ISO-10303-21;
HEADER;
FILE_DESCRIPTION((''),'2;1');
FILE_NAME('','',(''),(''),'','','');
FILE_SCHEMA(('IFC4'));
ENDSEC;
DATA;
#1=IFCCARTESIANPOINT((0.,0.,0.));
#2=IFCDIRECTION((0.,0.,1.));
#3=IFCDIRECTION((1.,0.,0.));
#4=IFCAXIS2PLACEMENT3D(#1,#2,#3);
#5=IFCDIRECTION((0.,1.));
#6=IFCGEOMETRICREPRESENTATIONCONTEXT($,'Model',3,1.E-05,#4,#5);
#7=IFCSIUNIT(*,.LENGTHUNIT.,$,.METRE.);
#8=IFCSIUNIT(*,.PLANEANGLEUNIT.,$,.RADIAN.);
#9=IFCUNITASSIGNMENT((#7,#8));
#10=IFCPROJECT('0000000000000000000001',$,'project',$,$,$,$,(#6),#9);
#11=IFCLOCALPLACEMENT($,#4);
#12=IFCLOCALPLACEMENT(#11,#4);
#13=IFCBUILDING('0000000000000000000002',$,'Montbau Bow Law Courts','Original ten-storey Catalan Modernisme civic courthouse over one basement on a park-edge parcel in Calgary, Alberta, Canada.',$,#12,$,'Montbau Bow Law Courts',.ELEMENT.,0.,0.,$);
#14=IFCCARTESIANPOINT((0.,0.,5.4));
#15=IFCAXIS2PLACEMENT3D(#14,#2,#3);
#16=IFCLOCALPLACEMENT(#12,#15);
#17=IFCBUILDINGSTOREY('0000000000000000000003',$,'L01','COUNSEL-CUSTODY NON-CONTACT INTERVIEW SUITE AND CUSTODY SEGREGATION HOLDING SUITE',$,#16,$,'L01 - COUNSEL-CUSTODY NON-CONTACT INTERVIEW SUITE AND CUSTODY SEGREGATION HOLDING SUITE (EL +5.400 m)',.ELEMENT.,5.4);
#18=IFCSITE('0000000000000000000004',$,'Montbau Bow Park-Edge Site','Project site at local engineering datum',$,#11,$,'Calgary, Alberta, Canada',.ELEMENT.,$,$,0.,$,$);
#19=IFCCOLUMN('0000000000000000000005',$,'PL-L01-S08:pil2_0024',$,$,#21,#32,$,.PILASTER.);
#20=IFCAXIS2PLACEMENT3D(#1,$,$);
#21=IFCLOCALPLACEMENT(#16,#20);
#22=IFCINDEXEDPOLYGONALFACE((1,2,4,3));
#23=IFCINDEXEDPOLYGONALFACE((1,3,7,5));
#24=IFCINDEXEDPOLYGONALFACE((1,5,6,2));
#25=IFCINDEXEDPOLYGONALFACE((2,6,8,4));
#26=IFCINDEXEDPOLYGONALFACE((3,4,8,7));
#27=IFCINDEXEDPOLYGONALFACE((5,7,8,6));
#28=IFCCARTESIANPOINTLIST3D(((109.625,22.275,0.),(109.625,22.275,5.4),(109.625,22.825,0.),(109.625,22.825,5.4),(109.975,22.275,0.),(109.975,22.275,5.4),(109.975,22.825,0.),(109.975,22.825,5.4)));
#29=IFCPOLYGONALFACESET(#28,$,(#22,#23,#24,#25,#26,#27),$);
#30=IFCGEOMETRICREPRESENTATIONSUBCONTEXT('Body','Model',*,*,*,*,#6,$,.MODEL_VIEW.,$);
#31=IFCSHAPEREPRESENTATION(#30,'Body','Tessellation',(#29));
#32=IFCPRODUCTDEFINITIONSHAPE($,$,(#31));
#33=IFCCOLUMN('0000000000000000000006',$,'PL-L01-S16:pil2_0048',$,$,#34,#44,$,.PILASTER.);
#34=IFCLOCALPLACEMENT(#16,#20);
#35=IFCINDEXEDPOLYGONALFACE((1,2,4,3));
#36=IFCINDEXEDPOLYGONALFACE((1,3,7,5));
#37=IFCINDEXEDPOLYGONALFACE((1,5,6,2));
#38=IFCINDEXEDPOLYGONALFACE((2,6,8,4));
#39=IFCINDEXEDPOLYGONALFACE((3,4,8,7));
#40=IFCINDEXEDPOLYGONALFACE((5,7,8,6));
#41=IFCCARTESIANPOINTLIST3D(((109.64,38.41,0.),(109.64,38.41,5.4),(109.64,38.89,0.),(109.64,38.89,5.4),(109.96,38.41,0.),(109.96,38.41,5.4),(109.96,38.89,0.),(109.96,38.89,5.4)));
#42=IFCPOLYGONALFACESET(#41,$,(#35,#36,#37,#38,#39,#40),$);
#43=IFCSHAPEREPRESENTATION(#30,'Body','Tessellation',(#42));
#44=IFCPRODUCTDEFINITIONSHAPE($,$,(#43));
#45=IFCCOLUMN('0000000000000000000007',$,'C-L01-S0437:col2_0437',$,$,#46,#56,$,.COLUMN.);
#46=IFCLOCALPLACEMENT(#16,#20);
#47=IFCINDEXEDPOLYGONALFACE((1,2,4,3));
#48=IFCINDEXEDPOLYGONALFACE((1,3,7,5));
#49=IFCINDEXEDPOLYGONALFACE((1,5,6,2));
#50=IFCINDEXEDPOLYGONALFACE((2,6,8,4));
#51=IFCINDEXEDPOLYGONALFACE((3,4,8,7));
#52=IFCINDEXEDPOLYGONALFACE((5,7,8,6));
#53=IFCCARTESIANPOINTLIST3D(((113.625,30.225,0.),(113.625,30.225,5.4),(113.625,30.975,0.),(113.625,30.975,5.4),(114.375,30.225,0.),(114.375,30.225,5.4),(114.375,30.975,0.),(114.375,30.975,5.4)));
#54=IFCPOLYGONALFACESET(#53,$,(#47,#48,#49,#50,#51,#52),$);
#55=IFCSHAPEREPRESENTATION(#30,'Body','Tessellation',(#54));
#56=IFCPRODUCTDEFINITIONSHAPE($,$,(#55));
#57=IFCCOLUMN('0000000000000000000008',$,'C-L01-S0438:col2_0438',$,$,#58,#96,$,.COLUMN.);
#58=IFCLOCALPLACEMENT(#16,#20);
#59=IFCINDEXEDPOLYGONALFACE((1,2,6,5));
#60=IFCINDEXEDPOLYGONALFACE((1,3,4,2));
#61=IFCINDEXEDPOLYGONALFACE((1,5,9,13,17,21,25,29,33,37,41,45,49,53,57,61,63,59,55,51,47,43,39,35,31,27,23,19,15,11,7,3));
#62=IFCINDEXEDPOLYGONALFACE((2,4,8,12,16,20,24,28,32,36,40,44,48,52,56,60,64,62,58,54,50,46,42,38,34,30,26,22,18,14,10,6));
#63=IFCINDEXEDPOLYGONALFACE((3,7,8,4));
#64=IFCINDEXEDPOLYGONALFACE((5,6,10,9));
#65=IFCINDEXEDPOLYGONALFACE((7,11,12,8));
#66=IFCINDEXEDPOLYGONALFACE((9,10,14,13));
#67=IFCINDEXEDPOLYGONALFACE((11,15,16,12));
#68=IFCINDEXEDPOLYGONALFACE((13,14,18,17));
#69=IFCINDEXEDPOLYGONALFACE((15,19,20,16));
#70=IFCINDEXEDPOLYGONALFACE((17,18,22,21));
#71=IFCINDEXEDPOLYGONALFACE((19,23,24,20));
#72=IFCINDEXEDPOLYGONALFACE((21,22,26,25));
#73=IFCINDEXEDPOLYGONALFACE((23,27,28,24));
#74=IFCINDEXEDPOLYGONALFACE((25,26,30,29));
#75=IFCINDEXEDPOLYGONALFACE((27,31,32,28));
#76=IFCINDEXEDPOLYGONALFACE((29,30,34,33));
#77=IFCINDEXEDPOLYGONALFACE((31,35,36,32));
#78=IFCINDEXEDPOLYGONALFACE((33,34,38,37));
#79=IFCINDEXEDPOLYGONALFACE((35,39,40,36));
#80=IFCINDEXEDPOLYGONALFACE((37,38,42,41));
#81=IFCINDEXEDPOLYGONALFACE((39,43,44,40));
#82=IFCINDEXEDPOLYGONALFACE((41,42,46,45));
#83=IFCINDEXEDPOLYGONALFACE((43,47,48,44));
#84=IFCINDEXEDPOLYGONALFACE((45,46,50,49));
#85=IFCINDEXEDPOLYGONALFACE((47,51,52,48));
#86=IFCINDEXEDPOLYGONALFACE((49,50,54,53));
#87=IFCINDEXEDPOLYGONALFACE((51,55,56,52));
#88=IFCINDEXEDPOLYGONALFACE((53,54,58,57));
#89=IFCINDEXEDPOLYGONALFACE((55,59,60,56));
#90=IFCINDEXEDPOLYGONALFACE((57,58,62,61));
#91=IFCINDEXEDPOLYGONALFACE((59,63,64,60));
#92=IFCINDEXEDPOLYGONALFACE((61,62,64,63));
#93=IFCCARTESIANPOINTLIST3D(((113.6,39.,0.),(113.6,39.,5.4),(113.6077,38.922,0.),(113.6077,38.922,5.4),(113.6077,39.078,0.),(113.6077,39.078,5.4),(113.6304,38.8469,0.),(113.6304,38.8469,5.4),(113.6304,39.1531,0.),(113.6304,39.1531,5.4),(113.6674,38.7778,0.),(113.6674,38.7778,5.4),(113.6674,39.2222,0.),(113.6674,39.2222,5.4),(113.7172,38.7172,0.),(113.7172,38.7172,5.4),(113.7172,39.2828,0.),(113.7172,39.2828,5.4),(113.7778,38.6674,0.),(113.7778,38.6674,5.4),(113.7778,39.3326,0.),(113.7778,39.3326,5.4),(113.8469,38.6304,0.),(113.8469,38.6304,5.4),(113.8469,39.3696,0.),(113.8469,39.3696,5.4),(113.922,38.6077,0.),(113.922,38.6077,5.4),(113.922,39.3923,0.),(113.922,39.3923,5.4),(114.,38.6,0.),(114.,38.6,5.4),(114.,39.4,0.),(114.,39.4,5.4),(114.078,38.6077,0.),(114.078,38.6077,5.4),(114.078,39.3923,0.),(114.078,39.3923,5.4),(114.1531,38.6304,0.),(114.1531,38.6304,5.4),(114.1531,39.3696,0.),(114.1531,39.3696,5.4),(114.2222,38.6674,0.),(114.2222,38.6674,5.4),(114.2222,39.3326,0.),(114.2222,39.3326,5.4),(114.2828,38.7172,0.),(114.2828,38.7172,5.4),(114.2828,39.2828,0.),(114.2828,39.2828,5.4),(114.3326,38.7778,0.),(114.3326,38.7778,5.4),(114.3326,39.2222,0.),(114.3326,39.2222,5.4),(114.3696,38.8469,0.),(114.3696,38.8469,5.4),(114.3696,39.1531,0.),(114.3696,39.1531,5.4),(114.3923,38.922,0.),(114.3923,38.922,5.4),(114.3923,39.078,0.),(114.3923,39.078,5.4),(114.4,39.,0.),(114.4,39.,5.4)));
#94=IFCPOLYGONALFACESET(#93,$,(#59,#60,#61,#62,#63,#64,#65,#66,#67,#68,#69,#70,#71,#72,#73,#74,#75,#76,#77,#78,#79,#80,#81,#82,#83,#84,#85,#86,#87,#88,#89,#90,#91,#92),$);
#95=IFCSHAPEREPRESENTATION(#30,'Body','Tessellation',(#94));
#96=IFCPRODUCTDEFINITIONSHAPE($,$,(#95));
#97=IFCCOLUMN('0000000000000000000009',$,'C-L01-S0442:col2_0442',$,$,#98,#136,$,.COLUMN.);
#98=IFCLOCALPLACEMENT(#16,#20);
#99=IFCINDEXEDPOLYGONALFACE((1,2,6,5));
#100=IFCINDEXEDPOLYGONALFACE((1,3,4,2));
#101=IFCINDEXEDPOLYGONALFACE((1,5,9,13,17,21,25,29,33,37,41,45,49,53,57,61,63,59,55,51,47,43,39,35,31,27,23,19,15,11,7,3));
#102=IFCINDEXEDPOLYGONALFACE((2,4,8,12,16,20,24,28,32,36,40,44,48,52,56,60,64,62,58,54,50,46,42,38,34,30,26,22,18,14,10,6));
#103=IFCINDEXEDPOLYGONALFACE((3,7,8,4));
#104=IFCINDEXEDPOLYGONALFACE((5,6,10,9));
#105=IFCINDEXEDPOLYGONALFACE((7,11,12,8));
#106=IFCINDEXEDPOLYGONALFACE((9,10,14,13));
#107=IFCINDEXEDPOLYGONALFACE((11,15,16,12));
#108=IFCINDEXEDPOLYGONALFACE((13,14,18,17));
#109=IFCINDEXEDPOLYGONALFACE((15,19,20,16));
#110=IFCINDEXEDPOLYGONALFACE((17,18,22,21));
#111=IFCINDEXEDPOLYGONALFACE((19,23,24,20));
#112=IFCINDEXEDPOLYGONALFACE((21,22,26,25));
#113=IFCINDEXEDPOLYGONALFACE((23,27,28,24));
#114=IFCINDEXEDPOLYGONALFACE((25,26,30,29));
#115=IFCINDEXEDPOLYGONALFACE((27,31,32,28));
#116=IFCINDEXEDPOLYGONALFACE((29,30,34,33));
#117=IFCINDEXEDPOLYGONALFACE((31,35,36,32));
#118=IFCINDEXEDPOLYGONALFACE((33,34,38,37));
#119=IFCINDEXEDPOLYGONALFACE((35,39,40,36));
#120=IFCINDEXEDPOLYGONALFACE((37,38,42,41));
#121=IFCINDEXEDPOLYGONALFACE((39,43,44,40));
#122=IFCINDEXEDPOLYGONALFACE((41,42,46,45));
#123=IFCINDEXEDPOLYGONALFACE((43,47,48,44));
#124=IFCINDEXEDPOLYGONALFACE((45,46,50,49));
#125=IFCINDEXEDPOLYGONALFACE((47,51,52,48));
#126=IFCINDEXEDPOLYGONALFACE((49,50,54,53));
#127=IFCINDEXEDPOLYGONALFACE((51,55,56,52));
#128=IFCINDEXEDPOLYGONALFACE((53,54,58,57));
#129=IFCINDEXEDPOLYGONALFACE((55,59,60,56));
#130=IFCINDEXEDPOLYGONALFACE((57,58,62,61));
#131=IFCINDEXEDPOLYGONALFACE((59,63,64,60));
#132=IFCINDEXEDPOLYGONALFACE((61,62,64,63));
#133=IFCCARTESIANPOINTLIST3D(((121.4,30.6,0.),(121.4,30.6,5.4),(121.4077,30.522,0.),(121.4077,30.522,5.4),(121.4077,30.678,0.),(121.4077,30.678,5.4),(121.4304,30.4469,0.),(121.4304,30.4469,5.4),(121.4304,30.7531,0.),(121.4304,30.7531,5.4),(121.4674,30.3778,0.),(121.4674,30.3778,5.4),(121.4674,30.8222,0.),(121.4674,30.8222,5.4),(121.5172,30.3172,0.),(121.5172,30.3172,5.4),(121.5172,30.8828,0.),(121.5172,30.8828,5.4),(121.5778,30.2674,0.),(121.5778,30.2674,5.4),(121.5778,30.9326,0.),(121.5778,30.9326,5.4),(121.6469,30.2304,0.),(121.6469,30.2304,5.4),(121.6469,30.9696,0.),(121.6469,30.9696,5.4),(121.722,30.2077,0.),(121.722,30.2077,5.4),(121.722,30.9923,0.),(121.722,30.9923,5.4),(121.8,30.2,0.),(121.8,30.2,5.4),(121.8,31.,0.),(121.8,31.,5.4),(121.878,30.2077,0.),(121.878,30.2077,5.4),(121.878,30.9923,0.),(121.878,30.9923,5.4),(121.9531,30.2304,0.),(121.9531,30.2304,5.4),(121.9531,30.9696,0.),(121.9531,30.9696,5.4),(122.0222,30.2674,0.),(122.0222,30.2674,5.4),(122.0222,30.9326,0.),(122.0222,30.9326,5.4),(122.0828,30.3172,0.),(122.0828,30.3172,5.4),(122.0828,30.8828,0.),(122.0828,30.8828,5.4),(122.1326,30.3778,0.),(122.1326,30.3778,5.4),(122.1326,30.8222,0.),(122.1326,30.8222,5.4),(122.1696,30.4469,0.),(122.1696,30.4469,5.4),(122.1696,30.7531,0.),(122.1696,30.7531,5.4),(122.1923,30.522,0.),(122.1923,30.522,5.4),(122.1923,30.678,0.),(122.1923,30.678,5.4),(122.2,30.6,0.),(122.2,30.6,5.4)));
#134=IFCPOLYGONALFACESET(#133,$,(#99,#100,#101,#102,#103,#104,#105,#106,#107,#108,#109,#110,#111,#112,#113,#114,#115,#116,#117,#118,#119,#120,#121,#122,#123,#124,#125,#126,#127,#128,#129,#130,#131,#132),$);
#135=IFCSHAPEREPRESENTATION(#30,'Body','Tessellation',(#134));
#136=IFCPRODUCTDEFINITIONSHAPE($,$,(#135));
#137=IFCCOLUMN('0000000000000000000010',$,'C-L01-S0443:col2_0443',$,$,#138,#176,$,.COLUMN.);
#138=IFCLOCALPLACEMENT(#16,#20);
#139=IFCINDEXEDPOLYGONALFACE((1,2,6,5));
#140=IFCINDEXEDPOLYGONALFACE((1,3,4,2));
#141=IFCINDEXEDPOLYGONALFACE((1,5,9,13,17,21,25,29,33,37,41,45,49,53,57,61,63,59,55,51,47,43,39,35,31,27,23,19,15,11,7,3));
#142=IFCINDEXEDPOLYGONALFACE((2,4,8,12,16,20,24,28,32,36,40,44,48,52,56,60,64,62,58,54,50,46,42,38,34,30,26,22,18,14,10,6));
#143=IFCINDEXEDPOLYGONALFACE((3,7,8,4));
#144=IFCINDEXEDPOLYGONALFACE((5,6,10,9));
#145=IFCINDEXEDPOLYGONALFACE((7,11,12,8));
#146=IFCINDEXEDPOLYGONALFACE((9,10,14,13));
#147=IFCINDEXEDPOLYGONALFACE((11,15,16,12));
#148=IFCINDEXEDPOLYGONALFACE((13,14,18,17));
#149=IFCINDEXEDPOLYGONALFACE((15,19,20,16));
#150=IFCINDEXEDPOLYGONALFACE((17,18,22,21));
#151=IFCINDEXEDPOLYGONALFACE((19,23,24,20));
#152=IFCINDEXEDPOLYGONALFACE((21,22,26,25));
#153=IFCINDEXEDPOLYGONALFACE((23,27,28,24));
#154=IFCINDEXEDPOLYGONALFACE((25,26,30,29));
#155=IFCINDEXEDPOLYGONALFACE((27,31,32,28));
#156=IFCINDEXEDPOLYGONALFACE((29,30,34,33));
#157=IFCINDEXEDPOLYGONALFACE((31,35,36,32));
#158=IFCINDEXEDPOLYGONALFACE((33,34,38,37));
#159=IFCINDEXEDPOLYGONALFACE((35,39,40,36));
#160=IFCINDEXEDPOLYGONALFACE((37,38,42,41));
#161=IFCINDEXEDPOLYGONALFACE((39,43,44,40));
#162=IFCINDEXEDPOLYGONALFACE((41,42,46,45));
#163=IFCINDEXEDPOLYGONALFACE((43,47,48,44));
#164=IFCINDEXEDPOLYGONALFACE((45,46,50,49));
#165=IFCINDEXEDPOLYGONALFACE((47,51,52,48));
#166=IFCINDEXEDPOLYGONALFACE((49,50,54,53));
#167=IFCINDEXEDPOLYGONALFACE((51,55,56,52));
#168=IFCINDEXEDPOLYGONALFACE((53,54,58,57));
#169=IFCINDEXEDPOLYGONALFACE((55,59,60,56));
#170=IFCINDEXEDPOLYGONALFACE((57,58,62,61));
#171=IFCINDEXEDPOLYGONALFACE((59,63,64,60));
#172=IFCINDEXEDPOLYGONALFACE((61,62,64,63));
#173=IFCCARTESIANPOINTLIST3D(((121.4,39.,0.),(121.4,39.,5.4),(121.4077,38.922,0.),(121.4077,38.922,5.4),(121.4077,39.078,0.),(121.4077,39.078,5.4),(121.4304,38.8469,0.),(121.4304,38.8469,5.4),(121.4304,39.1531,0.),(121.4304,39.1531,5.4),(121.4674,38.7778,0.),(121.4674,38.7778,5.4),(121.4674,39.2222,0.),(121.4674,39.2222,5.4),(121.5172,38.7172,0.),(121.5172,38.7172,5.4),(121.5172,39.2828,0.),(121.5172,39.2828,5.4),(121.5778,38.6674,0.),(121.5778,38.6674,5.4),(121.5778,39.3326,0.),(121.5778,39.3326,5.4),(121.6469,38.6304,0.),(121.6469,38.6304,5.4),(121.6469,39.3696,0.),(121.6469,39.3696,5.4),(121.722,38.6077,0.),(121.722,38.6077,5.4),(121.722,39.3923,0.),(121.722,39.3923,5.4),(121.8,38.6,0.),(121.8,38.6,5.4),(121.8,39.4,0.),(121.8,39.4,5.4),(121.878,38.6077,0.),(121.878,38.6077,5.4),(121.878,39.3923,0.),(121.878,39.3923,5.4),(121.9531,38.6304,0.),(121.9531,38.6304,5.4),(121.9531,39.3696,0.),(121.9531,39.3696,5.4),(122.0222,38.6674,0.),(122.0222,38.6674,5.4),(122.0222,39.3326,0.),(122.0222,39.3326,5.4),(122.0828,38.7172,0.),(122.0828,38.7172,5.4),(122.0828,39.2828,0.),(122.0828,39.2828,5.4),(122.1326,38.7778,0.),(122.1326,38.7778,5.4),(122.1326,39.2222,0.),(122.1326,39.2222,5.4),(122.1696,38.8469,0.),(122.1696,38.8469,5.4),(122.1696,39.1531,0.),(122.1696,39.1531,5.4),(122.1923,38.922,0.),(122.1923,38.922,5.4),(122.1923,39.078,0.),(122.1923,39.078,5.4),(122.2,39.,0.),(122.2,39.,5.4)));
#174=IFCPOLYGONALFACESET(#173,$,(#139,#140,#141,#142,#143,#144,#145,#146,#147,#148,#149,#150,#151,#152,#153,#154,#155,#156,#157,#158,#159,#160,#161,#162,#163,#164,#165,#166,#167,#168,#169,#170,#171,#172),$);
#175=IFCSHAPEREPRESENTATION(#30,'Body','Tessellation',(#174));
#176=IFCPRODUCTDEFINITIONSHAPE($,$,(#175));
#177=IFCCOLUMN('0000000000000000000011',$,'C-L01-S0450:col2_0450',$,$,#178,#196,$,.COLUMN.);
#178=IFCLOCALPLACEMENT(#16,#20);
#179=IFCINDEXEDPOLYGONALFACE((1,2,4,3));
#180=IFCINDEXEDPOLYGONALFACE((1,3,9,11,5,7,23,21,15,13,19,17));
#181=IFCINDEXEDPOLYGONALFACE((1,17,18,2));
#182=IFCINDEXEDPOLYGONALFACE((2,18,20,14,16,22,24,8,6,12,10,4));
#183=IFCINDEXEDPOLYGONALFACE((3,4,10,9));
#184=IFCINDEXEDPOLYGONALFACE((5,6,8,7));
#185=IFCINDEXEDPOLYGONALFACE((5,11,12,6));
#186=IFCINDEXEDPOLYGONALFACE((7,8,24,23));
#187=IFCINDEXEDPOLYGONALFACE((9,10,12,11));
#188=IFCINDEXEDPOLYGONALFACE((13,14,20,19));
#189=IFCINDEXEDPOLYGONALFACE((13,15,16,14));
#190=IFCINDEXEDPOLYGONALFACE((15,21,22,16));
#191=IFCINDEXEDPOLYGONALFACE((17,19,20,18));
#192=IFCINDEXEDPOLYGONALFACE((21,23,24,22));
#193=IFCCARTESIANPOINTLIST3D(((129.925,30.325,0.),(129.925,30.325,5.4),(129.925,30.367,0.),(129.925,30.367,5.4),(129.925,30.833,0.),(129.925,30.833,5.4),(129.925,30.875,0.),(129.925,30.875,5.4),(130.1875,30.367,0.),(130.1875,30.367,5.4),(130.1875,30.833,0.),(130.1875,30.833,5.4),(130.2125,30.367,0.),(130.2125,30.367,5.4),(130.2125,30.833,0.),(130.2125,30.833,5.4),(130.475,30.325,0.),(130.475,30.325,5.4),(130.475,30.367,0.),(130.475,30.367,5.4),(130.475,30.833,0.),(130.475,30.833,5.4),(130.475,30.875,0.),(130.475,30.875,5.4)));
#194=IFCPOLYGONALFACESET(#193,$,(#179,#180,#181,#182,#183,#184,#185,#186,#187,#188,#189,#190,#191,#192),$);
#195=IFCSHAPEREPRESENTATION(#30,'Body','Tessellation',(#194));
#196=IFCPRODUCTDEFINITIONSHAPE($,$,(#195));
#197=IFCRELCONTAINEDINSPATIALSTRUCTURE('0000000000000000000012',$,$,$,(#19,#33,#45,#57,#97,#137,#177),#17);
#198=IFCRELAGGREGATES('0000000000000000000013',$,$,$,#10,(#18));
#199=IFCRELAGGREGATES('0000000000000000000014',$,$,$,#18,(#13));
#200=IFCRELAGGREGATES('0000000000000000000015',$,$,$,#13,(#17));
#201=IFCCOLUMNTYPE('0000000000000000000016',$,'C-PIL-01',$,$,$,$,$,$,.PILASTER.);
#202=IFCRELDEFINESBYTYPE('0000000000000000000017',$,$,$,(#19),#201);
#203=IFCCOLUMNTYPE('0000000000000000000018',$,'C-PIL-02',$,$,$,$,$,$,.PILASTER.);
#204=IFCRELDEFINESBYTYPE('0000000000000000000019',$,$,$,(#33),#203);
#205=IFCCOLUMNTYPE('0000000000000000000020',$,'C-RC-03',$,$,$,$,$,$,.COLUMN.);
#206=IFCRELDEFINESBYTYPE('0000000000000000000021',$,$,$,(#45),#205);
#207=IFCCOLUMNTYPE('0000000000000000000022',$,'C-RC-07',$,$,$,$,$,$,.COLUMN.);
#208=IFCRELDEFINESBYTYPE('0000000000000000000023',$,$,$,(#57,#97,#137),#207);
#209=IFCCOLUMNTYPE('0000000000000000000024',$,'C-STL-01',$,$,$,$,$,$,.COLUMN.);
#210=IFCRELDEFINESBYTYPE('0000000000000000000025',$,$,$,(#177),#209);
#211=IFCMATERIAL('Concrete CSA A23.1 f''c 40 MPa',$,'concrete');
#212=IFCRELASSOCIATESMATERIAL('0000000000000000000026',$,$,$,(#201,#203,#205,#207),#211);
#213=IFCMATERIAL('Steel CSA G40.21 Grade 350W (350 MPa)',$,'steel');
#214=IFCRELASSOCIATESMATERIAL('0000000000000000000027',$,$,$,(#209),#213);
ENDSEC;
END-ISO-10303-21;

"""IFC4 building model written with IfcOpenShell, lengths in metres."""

from ifc_helpers import new_model, si_unit, direction, frame, origin_with_axes, origin_2d_with_axis, place, context, subcontext, project, spatial, rectangle, circle, i_section, extrude, material, material_profile, profile_set, type_object, element, save


model = new_model("IFC4")

# Units and contexts
model_context = context("Model", 3, precision=1e-05, world=origin_with_axes(), true_north=direction((0.0, 1.0)))
body_context = subcontext(model_context, "Body", "Model", "MODEL_VIEW")
ifc_project = project(units=[si_unit("LENGTHUNIT", "METRE"), si_unit("PLANEANGLEUNIT", "RADIAN")], contexts=[model_context])

# Site, building, storey
site_placement = place(None, origin_with_axes())
site = spatial("IfcSite", under=ifc_project, at=site_placement, Name="Montbau Bow Park-Edge Site", Description="Project site at local engineering datum", LongName="Calgary, Alberta, Canada", CompositionType="ELEMENT", RefElevation=0.0)
building_placement = place(site_placement, origin_with_axes())
building = spatial("IfcBuilding", under=site, at=building_placement, Name="Montbau Bow Law Courts", Description="Original ten-storey Catalan Modernisme civic courthouse over one basement on a park-edge parcel in Calgary, Alberta, Canada.", LongName="Montbau Bow Law Courts", CompositionType="ELEMENT", ElevationOfRefHeight=0.0, ElevationOfTerrain=0.0)
storey_placement = place(building_placement, frame((0.0, 0.0, 5.4), z_axis=(0.0, 0.0, 1.0), x_axis=(1.0, 0.0, 0.0)))
storey = spatial("IfcBuildingStorey", under=building, at=storey_placement, Name="L01", Description="COUNSEL-CUSTODY NON-CONTACT INTERVIEW SUITE AND CUSTODY SEGREGATION HOLDING SUITE", LongName="L01 - COUNSEL-CUSTODY NON-CONTACT INTERVIEW SUITE AND CUSTODY SEGREGATION HOLDING SUITE (EL +5.400 m)", CompositionType="ELEMENT", Elevation=5.4)

# Columns
ifc_material_1 = material(Name="Concrete CSA A23.1 f'c 40 MPa", Category="concrete")
ifc_material_profile_1 = material_profile(ifc_material_1, rectangle(XDim=0.35, YDim=0.55, at=origin_2d_with_axis()), Name="RC550X350", Category="Main", Priority=0)
ifc_profile_set_1 = profile_set([ifc_material_profile_1], Name="Concrete CSA A23.1 f'c 40 MPa")
column_type_1 = type_object("IfcColumnType", Name="C-PIL-01", PredefinedType="PILASTER", material=ifc_profile_set_1)
column_1_placement = place(None, frame((109.8, 22.55, 5.4), z_axis=(0.0, 0.0, 1.0), x_axis=(1.0, 0.0, 0.0)))
element("IfcColumn", 1, at=column_1_placement, inside=storey, type_object=column_type_1, Name="PL-L01-S08:pil2_0024", PredefinedType="PILASTER", context=body_context, shape_type="SweptSolid", body=[
    extrude(rectangle(XDim=0.35, YDim=0.55, at=origin_2d_with_axis()), origin_with_axes(), (0.0, 0.0, 1.0), 5.4),
])
ifc_material_profile_2 = material_profile(ifc_material_1, rectangle(XDim=0.32, YDim=0.48, at=origin_2d_with_axis()), Name="RC480X320", Category="Main", Priority=0)
ifc_profile_set_2 = profile_set([ifc_material_profile_2], Name="Concrete CSA A23.1 f'c 40 MPa")
column_type_2 = type_object("IfcColumnType", Name="C-PIL-02", PredefinedType="PILASTER", material=ifc_profile_set_2)
column_2_placement = place(None, frame((109.8, 38.65, 5.4), z_axis=(0.0, 0.0, 1.0), x_axis=(1.0, 0.0, 0.0)))
element("IfcColumn", 2, at=column_2_placement, inside=storey, type_object=column_type_2, Name="PL-L01-S16:pil2_0048", PredefinedType="PILASTER", context=body_context, shape_type="SweptSolid", body=[
    extrude(rectangle(XDim=0.32, YDim=0.48, at=origin_2d_with_axis()), origin_with_axes(), (0.0, 0.0, 1.0), 5.4),
])
ifc_material_profile_3 = material_profile(ifc_material_1, rectangle(XDim=0.75, YDim=0.75, at=origin_2d_with_axis()), Name="RC750X750", Category="Main", Priority=0)
ifc_profile_set_3 = profile_set([ifc_material_profile_3], Name="Concrete CSA A23.1 f'c 40 MPa")
column_type_3 = type_object("IfcColumnType", Name="C-RC-03", PredefinedType="COLUMN", material=ifc_profile_set_3)
column_3_placement = place(None, frame((114.0, 30.6, 5.4), z_axis=(0.0, 0.0, 1.0), x_axis=(1.0, 0.0, 0.0)))
element("IfcColumn", 3, at=column_3_placement, inside=storey, type_object=column_type_3, Name="C-L01-S0437:col2_0437", PredefinedType="COLUMN", context=body_context, shape_type="SweptSolid", body=[
    extrude(rectangle(XDim=0.75, YDim=0.75, at=origin_2d_with_axis()), origin_with_axes(), (0.0, 0.0, 1.0), 5.4),
])
ifc_material_profile_4 = material_profile(ifc_material_1, circle(Radius=0.4, at=origin_2d_with_axis()), Name="RC800D", Category="Main", Priority=0)
ifc_profile_set_4 = profile_set([ifc_material_profile_4], Name="Concrete CSA A23.1 f'c 40 MPa")
column_type_4 = type_object("IfcColumnType", Name="C-RC-07", PredefinedType="COLUMN", material=ifc_profile_set_4)
for number, where, z_axis, x_axis, name in (
    (4, (114.0, 39.0, 5.4), (0.0, 0.0, 1.0), (1.0, 0.0, 0.0), "C-L01-S0438:col2_0438"),
    (5, (121.8, 30.6, 5.4), (0.0, 0.0, 1.0), (1.0, 0.0, 0.0), "C-L01-S0442:col2_0442"),
    (6, (121.8, 39.0, 5.4), (0.0, 0.0, 1.0), (1.0, 0.0, 0.0), "C-L01-S0443:col2_0443"),
):
    element("IfcColumn", number, at=place(None, frame(where, z_axis=z_axis, x_axis=x_axis)), inside=storey, type_object=column_type_4, Name=name, PredefinedType="COLUMN", context=body_context, shape_type="SweptSolid", body=[
        extrude(circle(Radius=0.4, at=origin_2d_with_axis()), origin_with_axes(), (0.0, 0.0, 1.0), 5.4),
    ])
ifc_material_2 = material(Name="Steel CSA G40.21 Grade 350W (350 MPa)", Category="steel")
ifc_material_profile_5 = material_profile(ifc_material_2, i_section(OverallWidth=0.55, OverallDepth=0.55, WebThickness=0.025, FlangeThickness=0.042, at=origin_2d_with_axis()), Name="WWF550X420", Category="Main", Priority=0)
ifc_profile_set_5 = profile_set([ifc_material_profile_5], Name="Steel CSA G40.21 Grade 350W (350 MPa)")
column_type_5 = type_object("IfcColumnType", Name="C-STL-01", PredefinedType="COLUMN", material=ifc_profile_set_5)
column_4_placement = place(None, frame((130.2, 30.6, 5.4), z_axis=(0.0, 0.0, 1.0), x_axis=(1.0, 0.0, 0.0)))
element("IfcColumn", 7, at=column_4_placement, inside=storey, type_object=column_type_5, Name="C-L01-S0450:col2_0450", PredefinedType="COLUMN", context=body_context, shape_type="SweptSolid", body=[
    extrude(i_section(OverallWidth=0.55, OverallDepth=0.55, WebThickness=0.025, FlangeThickness=0.042, at=origin_2d_with_axis()), origin_with_axes(), (0.0, 0.0, 1.0), 5.4),
])

save(model, "model.ifc")
